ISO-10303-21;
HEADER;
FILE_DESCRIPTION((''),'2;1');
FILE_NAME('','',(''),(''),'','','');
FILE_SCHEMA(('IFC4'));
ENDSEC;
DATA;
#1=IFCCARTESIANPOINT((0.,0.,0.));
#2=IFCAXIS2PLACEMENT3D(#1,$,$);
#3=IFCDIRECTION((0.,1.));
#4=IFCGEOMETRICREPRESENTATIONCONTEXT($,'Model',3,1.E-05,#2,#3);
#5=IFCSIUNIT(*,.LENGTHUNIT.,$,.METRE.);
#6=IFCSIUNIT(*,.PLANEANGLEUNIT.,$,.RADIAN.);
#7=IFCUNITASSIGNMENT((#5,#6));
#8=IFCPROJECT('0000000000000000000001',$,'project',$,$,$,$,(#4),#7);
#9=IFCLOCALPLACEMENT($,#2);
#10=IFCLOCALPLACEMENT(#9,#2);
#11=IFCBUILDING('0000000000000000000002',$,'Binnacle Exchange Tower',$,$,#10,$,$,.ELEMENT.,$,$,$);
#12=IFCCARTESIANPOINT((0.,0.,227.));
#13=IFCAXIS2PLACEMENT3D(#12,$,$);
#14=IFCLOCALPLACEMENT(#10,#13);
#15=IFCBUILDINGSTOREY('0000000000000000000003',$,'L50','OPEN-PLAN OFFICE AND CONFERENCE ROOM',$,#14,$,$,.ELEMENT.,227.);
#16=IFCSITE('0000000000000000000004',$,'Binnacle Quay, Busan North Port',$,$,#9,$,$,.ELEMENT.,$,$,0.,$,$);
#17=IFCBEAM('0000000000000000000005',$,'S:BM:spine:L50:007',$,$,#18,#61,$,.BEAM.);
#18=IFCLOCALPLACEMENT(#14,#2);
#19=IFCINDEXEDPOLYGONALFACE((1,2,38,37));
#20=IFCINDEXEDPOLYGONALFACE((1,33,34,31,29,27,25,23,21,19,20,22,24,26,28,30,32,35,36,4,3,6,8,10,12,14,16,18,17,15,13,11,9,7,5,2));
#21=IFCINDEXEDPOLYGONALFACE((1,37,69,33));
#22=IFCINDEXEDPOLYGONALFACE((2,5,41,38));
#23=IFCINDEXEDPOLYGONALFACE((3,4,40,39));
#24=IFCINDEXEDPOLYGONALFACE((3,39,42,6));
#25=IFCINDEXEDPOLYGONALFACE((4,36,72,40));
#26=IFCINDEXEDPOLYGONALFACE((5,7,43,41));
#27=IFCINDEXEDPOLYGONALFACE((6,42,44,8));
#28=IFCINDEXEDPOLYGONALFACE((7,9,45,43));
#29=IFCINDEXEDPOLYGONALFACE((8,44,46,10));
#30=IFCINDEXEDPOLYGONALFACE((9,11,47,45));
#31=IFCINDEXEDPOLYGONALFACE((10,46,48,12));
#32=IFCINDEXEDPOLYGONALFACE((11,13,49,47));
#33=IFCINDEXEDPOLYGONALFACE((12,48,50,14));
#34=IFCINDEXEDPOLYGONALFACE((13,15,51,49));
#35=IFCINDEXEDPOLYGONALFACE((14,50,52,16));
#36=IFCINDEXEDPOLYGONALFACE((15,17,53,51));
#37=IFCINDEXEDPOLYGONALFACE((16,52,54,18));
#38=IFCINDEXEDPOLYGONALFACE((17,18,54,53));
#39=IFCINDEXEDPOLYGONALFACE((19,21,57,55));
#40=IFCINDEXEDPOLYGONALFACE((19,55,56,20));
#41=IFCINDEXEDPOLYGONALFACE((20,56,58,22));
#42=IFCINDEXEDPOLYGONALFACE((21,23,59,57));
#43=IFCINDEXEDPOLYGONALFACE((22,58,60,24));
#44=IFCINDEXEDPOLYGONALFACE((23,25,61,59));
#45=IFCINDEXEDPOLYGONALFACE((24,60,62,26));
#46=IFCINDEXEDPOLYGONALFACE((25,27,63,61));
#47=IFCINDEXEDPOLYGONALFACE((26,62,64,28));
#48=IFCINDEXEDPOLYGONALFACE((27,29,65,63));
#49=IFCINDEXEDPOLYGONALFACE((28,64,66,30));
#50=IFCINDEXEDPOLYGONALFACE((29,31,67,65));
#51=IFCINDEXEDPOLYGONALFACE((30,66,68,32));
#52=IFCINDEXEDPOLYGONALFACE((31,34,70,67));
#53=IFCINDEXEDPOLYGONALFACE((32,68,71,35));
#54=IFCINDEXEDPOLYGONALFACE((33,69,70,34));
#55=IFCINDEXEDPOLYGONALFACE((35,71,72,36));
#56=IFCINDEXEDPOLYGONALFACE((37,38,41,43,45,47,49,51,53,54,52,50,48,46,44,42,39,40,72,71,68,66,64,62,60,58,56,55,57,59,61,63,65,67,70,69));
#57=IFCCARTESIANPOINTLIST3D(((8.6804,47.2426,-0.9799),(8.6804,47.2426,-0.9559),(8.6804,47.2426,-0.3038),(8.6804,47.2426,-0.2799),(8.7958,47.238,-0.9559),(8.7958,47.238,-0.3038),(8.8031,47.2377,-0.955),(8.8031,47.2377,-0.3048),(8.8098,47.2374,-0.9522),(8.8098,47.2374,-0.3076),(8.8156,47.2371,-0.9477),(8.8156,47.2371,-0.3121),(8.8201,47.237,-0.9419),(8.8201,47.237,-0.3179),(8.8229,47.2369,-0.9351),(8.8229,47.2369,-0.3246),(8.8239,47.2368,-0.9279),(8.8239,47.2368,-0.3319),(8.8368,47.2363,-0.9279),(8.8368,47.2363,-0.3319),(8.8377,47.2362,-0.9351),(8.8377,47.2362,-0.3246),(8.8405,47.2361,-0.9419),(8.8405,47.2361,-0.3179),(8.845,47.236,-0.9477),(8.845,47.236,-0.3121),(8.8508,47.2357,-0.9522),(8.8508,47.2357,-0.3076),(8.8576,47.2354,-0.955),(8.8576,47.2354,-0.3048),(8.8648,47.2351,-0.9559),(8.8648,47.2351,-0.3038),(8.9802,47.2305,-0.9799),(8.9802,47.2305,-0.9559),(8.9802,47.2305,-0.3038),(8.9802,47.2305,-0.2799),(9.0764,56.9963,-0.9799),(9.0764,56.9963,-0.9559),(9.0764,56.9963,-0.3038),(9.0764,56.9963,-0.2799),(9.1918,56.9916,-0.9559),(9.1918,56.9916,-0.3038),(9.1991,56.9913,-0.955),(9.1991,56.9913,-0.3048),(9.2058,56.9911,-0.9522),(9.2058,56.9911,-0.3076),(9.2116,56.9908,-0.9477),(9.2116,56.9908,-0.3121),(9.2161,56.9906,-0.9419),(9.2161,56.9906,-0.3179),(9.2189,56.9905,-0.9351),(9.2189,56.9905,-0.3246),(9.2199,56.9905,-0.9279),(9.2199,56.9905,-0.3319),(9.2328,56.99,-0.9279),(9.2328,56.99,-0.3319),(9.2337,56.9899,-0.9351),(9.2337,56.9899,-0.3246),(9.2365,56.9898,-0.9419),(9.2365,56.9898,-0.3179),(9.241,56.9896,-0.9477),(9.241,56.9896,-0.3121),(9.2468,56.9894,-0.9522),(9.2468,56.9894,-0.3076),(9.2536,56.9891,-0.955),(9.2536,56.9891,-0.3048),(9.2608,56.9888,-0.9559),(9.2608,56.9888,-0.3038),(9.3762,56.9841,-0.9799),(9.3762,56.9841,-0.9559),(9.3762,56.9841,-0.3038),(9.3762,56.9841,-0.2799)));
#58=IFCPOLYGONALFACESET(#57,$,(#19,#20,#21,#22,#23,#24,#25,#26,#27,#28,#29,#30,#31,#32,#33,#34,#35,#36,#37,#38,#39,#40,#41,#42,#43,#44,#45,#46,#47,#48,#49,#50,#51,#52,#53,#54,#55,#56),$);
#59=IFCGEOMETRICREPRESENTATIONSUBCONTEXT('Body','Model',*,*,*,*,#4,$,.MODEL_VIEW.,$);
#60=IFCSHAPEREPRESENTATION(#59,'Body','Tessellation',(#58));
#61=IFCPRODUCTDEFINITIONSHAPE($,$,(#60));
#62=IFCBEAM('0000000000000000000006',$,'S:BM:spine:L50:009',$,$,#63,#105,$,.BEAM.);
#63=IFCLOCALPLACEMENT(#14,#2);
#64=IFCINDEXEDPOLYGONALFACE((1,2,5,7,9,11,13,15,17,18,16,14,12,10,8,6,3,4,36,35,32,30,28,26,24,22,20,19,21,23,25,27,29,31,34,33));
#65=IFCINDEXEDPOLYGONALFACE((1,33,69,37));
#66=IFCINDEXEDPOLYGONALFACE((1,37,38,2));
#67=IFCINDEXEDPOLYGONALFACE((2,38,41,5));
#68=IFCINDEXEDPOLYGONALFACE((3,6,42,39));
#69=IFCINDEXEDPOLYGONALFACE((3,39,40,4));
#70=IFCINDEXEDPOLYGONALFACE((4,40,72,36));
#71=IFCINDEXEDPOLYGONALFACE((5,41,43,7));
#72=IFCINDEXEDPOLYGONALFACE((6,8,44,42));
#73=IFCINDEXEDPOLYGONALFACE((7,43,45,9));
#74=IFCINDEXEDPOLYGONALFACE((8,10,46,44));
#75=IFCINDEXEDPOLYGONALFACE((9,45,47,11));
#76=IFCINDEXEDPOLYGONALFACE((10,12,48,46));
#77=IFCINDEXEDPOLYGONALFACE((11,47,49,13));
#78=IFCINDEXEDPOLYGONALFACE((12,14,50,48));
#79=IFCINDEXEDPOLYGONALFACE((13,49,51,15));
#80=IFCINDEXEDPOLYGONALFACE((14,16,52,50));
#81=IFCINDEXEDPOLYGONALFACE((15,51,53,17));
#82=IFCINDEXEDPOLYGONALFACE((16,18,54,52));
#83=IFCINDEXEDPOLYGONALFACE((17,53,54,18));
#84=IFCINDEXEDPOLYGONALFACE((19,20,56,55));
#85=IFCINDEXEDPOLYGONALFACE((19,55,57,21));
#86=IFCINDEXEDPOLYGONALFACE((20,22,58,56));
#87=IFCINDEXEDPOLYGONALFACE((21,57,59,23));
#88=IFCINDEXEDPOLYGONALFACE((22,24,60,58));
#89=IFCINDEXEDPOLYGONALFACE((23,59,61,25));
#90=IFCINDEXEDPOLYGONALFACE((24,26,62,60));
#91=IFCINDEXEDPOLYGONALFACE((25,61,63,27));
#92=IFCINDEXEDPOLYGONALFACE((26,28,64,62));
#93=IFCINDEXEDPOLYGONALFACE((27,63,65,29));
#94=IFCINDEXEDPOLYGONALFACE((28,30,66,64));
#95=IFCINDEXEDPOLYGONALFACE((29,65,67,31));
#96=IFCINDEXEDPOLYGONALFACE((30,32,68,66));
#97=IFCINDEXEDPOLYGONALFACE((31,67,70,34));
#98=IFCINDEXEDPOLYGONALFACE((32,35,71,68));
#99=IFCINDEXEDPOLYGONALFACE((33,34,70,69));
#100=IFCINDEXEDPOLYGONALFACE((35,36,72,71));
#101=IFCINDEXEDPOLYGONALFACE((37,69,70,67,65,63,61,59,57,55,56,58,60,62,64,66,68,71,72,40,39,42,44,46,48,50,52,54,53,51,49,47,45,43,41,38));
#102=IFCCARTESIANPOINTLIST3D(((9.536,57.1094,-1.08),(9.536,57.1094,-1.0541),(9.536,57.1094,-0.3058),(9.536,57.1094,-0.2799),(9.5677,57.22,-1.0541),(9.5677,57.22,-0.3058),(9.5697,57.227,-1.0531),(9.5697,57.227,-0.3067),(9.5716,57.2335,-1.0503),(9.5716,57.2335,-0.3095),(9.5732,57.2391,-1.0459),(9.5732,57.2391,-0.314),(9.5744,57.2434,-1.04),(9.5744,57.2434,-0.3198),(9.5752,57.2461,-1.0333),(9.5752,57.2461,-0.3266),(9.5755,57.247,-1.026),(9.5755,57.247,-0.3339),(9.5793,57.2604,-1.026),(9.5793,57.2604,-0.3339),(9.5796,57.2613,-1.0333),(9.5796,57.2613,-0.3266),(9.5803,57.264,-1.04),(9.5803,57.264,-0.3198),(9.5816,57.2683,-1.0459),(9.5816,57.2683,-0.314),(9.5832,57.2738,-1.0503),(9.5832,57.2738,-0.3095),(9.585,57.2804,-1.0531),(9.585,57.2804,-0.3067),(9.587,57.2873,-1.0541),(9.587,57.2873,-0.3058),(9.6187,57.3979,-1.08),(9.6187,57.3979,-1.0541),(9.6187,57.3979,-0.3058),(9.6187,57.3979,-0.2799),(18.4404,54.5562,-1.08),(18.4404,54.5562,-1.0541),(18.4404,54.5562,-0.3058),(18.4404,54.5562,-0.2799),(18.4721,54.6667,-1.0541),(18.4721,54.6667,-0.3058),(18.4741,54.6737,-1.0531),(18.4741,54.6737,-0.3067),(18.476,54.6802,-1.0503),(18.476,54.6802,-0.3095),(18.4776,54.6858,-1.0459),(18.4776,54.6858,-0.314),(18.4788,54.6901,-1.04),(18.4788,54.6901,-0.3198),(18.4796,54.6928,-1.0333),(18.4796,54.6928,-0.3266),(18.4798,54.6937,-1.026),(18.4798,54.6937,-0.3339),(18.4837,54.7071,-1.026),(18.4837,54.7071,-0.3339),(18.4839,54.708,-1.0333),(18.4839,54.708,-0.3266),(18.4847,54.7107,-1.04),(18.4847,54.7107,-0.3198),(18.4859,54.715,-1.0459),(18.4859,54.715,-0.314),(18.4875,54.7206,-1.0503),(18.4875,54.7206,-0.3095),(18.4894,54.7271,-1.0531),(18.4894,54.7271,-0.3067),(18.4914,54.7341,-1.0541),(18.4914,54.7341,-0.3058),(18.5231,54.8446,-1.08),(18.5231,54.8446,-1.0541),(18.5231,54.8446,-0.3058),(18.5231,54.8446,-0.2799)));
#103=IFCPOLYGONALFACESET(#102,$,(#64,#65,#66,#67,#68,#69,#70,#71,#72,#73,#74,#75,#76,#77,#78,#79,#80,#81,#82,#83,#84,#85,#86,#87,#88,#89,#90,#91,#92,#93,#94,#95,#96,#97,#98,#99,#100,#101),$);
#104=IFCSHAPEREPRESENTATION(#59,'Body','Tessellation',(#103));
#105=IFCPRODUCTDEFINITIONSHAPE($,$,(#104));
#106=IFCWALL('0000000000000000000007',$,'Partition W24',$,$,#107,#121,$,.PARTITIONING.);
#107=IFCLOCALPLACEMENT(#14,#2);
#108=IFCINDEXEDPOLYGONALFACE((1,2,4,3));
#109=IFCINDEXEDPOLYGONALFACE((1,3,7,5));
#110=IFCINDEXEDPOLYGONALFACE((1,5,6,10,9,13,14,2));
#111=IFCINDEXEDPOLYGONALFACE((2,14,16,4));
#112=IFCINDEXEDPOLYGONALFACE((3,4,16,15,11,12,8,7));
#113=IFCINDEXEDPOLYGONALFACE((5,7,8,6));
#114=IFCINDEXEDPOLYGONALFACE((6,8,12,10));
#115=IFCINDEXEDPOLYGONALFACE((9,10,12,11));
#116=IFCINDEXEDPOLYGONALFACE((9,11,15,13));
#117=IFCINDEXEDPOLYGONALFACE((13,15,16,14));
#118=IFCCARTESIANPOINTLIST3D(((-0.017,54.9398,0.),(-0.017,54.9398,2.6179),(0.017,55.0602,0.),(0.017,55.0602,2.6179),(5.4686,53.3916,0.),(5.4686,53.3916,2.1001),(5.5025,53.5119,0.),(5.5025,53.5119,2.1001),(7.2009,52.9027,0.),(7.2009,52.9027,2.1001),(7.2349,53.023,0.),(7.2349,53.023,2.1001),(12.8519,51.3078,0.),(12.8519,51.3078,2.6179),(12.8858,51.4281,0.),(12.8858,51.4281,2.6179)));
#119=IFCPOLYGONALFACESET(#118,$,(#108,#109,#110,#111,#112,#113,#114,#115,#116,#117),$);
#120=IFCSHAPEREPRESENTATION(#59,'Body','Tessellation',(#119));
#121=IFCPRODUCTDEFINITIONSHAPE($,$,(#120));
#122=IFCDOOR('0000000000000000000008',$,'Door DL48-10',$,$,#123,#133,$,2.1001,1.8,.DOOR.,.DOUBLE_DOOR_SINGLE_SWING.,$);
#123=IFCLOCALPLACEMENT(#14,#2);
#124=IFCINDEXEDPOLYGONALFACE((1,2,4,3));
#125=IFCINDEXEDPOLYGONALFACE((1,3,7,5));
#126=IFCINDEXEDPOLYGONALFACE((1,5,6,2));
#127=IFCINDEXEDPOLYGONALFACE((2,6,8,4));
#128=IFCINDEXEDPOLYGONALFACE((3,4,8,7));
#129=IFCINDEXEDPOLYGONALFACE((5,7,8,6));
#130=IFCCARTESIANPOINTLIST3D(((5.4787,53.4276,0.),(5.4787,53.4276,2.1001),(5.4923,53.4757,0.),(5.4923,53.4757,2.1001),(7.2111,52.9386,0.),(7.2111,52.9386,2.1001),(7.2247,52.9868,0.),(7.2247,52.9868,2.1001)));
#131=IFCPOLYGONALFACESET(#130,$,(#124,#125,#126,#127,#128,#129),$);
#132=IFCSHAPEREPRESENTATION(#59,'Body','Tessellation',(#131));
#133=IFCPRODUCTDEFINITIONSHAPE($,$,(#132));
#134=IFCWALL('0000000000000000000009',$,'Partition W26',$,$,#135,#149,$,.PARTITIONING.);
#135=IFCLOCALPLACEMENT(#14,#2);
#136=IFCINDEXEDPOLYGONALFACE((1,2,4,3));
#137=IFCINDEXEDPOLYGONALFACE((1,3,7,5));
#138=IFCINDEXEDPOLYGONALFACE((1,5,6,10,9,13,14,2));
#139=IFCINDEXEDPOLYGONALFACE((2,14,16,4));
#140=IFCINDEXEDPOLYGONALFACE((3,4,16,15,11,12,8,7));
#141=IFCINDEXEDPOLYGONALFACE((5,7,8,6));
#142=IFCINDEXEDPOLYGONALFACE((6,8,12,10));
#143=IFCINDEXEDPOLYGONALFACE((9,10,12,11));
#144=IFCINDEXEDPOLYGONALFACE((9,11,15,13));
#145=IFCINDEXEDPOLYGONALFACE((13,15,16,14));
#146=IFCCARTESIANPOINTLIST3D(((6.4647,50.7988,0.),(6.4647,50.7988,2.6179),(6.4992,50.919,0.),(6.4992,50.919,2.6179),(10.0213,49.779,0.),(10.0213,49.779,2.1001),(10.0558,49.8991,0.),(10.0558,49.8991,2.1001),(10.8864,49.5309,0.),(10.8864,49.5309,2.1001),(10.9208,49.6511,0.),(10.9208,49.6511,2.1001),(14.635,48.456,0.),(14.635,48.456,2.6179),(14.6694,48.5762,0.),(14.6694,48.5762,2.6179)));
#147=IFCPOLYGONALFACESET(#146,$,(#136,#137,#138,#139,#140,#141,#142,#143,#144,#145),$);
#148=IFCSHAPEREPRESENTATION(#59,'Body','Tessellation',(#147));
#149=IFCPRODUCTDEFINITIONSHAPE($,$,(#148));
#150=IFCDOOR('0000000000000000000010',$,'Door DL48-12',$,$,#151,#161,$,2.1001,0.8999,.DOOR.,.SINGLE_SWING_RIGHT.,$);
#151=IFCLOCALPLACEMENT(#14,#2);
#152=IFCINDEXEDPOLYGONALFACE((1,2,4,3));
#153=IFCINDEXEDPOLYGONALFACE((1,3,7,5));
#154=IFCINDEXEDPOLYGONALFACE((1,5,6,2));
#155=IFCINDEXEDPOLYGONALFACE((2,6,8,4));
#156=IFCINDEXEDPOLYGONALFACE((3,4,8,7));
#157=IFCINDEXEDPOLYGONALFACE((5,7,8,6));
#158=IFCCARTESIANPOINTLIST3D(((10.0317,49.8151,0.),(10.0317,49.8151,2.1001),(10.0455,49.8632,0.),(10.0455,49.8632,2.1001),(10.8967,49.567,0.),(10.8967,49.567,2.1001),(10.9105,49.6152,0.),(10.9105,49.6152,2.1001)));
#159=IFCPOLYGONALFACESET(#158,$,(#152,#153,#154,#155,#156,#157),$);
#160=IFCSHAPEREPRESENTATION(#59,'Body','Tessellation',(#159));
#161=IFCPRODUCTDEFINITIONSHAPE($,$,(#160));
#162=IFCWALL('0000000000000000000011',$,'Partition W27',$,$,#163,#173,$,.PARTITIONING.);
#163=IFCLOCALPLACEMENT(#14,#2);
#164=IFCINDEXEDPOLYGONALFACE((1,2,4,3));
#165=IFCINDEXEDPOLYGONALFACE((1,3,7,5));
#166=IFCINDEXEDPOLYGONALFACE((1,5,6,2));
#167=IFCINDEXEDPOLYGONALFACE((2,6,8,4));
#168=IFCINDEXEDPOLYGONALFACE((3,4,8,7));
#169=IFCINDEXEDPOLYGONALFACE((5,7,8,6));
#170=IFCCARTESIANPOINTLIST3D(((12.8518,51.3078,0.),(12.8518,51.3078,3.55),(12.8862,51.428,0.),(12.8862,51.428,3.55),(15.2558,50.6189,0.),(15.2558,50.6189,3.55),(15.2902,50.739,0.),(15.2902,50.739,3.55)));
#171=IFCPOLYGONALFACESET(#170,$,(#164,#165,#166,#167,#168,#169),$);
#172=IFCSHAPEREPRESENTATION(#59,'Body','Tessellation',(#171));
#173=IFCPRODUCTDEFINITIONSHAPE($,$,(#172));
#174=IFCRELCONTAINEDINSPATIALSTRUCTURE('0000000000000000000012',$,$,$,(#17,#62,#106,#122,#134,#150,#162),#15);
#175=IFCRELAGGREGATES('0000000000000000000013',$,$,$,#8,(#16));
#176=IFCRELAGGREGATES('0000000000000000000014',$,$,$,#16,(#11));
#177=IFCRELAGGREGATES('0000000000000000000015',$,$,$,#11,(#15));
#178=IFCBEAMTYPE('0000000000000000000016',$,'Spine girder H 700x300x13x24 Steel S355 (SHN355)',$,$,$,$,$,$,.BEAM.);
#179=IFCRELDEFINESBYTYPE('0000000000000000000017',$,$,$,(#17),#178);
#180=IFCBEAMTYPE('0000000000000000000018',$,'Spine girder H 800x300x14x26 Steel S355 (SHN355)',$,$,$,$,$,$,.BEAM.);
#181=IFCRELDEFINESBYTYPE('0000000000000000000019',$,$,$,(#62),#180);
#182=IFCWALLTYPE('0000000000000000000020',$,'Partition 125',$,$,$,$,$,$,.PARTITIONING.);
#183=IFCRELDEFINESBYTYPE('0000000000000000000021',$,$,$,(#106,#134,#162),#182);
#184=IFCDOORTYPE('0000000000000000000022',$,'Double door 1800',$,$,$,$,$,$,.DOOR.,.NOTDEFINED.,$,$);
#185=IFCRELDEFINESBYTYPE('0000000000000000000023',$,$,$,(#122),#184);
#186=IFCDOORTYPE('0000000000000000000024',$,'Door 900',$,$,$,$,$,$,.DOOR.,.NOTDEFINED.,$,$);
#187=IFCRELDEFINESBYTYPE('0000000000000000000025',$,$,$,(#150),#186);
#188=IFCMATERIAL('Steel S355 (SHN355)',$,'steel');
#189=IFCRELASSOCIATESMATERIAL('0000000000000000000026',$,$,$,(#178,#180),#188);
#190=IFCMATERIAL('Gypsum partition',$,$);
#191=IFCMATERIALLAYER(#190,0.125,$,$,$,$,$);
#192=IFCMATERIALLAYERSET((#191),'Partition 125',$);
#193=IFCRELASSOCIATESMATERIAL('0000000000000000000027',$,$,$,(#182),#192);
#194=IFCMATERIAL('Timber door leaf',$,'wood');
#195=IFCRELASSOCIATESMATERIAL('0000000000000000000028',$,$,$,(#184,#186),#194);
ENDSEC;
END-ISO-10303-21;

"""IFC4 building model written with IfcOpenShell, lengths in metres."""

from ifc_helpers import new_model, si_unit, direction, frame, frame_2d, origin, origin_2d, place, context, subcontext, project, spatial, rectangle, i_section, extrude, material, layer, layer_set, material_profile, profile_set, type_object, element, fill, save


model = new_model("IFC4")

# Units and contexts
model_context = context("Model", 3, precision=1e-05, world=origin(), true_north=direction((0.0, 1.0)))
body_context = subcontext(model_context, "Body", "Model", "MODEL_VIEW")
ifc_project = project(units=[si_unit("LENGTHUNIT", "METRE"), si_unit("PLANEANGLEUNIT", "RADIAN")], contexts=[model_context])

# Site, building, storey
site_placement = place(None, origin())
site = spatial("IfcSite", under=ifc_project, at=site_placement, Name="Binnacle Quay, Busan North Port", CompositionType="ELEMENT", RefElevation=0.0)
building_placement = place(site_placement, origin())
building = spatial("IfcBuilding", under=site, at=building_placement, Name="Binnacle Exchange Tower", CompositionType="ELEMENT")
storey_placement = place(building_placement, frame((0.0, 0.0, 227.0)))
storey = spatial("IfcBuildingStorey", under=building, at=storey_placement, Name="L50", Description="OPEN-PLAN OFFICE AND CONFERENCE ROOM", CompositionType="ELEMENT", Elevation=227.0)

# Beams
ifc_material_1 = material(Name="Steel S355 (SHN355)", Category="steel")
ifc_material_profile_1 = material_profile(ifc_material_1, i_section(OverallWidth=0.3, OverallDepth=0.7, WebThickness=0.0129, FlangeThickness=0.0239, FilletRadius=0.0281, at=origin_2d()), Name="H 700x300x13x24")
ifc_profile_set_1 = profile_set([ifc_material_profile_1], Name="Steel S355 (SHN355)")
beam_type_1 = type_object("IfcBeamType", Name="Spine girder H 700x300x13x24 Steel S355 (SHN355)", PredefinedType="BEAM", material=ifc_profile_set_1)
beam_1_placement = place(storey_placement, frame((9.2263, 56.9902, -0.6299), z_axis=(-0.040566, -0.999177, 0.0), x_axis=(0.999177, -0.040566, 0.0)))
element("IfcBeam", 1, at=beam_1_placement, inside=storey, type_object=beam_type_1, Name="S:BM:spine:L50:007", PredefinedType="BEAM", context=body_context, shape_type="SweptSolid", body=[
    extrude(i_section(OverallWidth=0.3, OverallDepth=0.7, WebThickness=0.0129, FlangeThickness=0.0239, FilletRadius=0.0281, at=origin_2d()), origin(), (0.0, 0.0, 1.0), 9.7617),
])
ifc_material_profile_2 = material_profile(ifc_material_1, i_section(OverallWidth=0.3, OverallDepth=0.8, WebThickness=0.0139, FlangeThickness=0.0259, FilletRadius=0.0281, at=origin_2d()), Name="H 800x300x14x26")
ifc_profile_set_2 = profile_set([ifc_material_profile_2], Name="Steel S355 (SHN355)")
beam_type_2 = type_object("IfcBeamType", Name="Spine girder H 800x300x14x26 Steel S355 (SHN355)", PredefinedType="BEAM", material=ifc_profile_set_2)
beam_2_placement = place(storey_placement, frame((9.5774, 57.2537, -0.6799), z_axis=(0.961263, -0.275633, 0.0), x_axis=(0.275633, 0.961263, 0.0)))
element("IfcBeam", 2, at=beam_2_placement, inside=storey, type_object=beam_type_2, Name="S:BM:spine:L50:009", PredefinedType="BEAM", context=body_context, shape_type="SweptSolid", body=[
    extrude(i_section(OverallWidth=0.3, OverallDepth=0.8, WebThickness=0.0139, FlangeThickness=0.0259, FilletRadius=0.0281, at=origin_2d()), origin(), (0.0, 0.0, 1.0), 9.2632),
])

# Walls, openings, doors
ifc_material_2 = material(Name="Gypsum partition")
ifc_layer = layer(ifc_material_2, 0.125)
ifc_layer_set = layer_set([ifc_layer], Name="Partition 125")
wall_type = type_object("IfcWallType", Name="Partition 125", PredefinedType="PARTITIONING", material=ifc_layer_set)
wall_1_placement = place(storey_placement, frame((0.0, 55.0, 0.0), z_axis=(0.0, 0.0, 1.0), x_axis=(0.962403, -0.271626, 0.0)))
wall_1 = element("IfcWall", 3, at=wall_1_placement, inside=storey, type_object=wall_type, Name="Partition W24", PredefinedType="PARTITIONING", context=body_context, shape_type="SweptSolid", body=[
    extrude(rectangle(XDim=13.3716, YDim=0.125, at=frame_2d((6.6858, 0.0))), origin(), (0.0, 0.0, 1.0), 2.6179),
])
opening_1_placement = place(wall_1_placement, frame((5.7, 0.0, 0.0)))
opening_1 = element("IfcOpeningElement", 4, at=opening_1_placement, cuts=wall_1, PredefinedType="OPENING", context=body_context, shape_type="SweptSolid", body=[
    extrude(rectangle(XDim=1.8, YDim=2.1001, at=frame_2d((0.8999, 1.05))), frame((0.0, 0.0725, 0.0), z_axis=(0.0, -1.0, 0.0), x_axis=(1.0, 0.0, 0.0)), (0.0, 0.0, 1.0), 0.145),
])
ifc_material_3 = material(Name="Timber door leaf", Category="wood")
door_type_1 = type_object("IfcDoorType", Name="Double door 1800", OperationType="NOTDEFINED", PredefinedType="DOOR", material=ifc_material_3)
door_1_placement = place(opening_1_placement, origin())
door_1 = element("IfcDoor", 5, at=door_1_placement, inside=storey, type_object=door_type_1, Name="Door DL48-10", OperationType="DOUBLE_DOOR_SINGLE_SWING", OverallHeight=2.1001, OverallWidth=1.8, PredefinedType="DOOR", context=body_context, shape_type="SweptSolid", body=[
    extrude(rectangle(XDim=1.8, YDim=2.1001, at=frame_2d((0.8999, 1.05))), frame((0.0, 0.0249, 0.0), z_axis=(0.0, -1.0, 0.0), x_axis=(1.0, 0.0, 0.0)), (0.0, 0.0, 1.0), 0.05),
])
fill(opening_1, door_1)
wall_2_placement = place(storey_placement, frame((6.4819, 50.8589, 0.0), z_axis=(0.0, 0.0, 1.0), x_axis=(0.961261, -0.275639, 0.0)))
wall_2 = element("IfcWall", 6, at=wall_2_placement, inside=storey, type_object=wall_type, Name="Partition W26", PredefinedType="PARTITIONING", context=body_context, shape_type="SweptSolid", body=[
    extrude(rectangle(XDim=8.4995, YDim=0.125, at=frame_2d((4.2498, 0.0))), origin(), (0.0, 0.0, 1.0), 2.6179),
])
opening_2_placement = place(wall_2_placement, frame((3.7, 0.0, 0.0)))
opening_2 = element("IfcOpeningElement", 7, at=opening_2_placement, cuts=wall_2, PredefinedType="OPENING", context=body_context, shape_type="SweptSolid", body=[
    extrude(rectangle(XDim=0.8999, YDim=2.1001, at=frame_2d((0.45, 1.05))), frame((0.0, 0.0725, 0.0), z_axis=(0.0, -1.0, 0.0), x_axis=(1.0, 0.0, 0.0)), (0.0, 0.0, 1.0), 0.145),
])
door_type_2 = type_object("IfcDoorType", Name="Door 900", OperationType="NOTDEFINED", PredefinedType="DOOR", material=ifc_material_3)
door_2_placement = place(opening_2_placement, frame((0.8999, 0.0, 0.0), z_axis=(0.0, 0.0, 1.0), x_axis=(-1.0, 0.0, 0.0)))
door_2 = element("IfcDoor", 8, at=door_2_placement, inside=storey, type_object=door_type_2, Name="Door DL48-12", OperationType="SINGLE_SWING_RIGHT", OverallHeight=2.1001, OverallWidth=0.8999, PredefinedType="DOOR", context=body_context, shape_type="SweptSolid", body=[
    extrude(rectangle(XDim=0.8999, YDim=2.1001, at=frame_2d((0.45, 1.05))), frame((0.0, 0.0249, 0.0), z_axis=(0.0, -1.0, 0.0), x_axis=(1.0, 0.0, 0.0)), (0.0, 0.0, 1.0), 0.05),
])
fill(opening_2, door_2)

# Wall
wall_3_placement = place(storey_placement, frame((12.8689, 51.3679, 0.0), z_axis=(0.0, 0.0, 1.0), x_axis=(0.961303, -0.275495, 0.0)))
element("IfcWall", 9, at=wall_3_placement, inside=storey, type_object=wall_type, Name="Partition W27", PredefinedType="PARTITIONING", context=body_context, shape_type="SweptSolid", body=[
    extrude(rectangle(XDim=2.5007, YDim=0.125, at=frame_2d((1.2505, 0.0))), origin(), (0.0, 0.0, 1.0), 3.55),
])

save(model, "model.ifc")
